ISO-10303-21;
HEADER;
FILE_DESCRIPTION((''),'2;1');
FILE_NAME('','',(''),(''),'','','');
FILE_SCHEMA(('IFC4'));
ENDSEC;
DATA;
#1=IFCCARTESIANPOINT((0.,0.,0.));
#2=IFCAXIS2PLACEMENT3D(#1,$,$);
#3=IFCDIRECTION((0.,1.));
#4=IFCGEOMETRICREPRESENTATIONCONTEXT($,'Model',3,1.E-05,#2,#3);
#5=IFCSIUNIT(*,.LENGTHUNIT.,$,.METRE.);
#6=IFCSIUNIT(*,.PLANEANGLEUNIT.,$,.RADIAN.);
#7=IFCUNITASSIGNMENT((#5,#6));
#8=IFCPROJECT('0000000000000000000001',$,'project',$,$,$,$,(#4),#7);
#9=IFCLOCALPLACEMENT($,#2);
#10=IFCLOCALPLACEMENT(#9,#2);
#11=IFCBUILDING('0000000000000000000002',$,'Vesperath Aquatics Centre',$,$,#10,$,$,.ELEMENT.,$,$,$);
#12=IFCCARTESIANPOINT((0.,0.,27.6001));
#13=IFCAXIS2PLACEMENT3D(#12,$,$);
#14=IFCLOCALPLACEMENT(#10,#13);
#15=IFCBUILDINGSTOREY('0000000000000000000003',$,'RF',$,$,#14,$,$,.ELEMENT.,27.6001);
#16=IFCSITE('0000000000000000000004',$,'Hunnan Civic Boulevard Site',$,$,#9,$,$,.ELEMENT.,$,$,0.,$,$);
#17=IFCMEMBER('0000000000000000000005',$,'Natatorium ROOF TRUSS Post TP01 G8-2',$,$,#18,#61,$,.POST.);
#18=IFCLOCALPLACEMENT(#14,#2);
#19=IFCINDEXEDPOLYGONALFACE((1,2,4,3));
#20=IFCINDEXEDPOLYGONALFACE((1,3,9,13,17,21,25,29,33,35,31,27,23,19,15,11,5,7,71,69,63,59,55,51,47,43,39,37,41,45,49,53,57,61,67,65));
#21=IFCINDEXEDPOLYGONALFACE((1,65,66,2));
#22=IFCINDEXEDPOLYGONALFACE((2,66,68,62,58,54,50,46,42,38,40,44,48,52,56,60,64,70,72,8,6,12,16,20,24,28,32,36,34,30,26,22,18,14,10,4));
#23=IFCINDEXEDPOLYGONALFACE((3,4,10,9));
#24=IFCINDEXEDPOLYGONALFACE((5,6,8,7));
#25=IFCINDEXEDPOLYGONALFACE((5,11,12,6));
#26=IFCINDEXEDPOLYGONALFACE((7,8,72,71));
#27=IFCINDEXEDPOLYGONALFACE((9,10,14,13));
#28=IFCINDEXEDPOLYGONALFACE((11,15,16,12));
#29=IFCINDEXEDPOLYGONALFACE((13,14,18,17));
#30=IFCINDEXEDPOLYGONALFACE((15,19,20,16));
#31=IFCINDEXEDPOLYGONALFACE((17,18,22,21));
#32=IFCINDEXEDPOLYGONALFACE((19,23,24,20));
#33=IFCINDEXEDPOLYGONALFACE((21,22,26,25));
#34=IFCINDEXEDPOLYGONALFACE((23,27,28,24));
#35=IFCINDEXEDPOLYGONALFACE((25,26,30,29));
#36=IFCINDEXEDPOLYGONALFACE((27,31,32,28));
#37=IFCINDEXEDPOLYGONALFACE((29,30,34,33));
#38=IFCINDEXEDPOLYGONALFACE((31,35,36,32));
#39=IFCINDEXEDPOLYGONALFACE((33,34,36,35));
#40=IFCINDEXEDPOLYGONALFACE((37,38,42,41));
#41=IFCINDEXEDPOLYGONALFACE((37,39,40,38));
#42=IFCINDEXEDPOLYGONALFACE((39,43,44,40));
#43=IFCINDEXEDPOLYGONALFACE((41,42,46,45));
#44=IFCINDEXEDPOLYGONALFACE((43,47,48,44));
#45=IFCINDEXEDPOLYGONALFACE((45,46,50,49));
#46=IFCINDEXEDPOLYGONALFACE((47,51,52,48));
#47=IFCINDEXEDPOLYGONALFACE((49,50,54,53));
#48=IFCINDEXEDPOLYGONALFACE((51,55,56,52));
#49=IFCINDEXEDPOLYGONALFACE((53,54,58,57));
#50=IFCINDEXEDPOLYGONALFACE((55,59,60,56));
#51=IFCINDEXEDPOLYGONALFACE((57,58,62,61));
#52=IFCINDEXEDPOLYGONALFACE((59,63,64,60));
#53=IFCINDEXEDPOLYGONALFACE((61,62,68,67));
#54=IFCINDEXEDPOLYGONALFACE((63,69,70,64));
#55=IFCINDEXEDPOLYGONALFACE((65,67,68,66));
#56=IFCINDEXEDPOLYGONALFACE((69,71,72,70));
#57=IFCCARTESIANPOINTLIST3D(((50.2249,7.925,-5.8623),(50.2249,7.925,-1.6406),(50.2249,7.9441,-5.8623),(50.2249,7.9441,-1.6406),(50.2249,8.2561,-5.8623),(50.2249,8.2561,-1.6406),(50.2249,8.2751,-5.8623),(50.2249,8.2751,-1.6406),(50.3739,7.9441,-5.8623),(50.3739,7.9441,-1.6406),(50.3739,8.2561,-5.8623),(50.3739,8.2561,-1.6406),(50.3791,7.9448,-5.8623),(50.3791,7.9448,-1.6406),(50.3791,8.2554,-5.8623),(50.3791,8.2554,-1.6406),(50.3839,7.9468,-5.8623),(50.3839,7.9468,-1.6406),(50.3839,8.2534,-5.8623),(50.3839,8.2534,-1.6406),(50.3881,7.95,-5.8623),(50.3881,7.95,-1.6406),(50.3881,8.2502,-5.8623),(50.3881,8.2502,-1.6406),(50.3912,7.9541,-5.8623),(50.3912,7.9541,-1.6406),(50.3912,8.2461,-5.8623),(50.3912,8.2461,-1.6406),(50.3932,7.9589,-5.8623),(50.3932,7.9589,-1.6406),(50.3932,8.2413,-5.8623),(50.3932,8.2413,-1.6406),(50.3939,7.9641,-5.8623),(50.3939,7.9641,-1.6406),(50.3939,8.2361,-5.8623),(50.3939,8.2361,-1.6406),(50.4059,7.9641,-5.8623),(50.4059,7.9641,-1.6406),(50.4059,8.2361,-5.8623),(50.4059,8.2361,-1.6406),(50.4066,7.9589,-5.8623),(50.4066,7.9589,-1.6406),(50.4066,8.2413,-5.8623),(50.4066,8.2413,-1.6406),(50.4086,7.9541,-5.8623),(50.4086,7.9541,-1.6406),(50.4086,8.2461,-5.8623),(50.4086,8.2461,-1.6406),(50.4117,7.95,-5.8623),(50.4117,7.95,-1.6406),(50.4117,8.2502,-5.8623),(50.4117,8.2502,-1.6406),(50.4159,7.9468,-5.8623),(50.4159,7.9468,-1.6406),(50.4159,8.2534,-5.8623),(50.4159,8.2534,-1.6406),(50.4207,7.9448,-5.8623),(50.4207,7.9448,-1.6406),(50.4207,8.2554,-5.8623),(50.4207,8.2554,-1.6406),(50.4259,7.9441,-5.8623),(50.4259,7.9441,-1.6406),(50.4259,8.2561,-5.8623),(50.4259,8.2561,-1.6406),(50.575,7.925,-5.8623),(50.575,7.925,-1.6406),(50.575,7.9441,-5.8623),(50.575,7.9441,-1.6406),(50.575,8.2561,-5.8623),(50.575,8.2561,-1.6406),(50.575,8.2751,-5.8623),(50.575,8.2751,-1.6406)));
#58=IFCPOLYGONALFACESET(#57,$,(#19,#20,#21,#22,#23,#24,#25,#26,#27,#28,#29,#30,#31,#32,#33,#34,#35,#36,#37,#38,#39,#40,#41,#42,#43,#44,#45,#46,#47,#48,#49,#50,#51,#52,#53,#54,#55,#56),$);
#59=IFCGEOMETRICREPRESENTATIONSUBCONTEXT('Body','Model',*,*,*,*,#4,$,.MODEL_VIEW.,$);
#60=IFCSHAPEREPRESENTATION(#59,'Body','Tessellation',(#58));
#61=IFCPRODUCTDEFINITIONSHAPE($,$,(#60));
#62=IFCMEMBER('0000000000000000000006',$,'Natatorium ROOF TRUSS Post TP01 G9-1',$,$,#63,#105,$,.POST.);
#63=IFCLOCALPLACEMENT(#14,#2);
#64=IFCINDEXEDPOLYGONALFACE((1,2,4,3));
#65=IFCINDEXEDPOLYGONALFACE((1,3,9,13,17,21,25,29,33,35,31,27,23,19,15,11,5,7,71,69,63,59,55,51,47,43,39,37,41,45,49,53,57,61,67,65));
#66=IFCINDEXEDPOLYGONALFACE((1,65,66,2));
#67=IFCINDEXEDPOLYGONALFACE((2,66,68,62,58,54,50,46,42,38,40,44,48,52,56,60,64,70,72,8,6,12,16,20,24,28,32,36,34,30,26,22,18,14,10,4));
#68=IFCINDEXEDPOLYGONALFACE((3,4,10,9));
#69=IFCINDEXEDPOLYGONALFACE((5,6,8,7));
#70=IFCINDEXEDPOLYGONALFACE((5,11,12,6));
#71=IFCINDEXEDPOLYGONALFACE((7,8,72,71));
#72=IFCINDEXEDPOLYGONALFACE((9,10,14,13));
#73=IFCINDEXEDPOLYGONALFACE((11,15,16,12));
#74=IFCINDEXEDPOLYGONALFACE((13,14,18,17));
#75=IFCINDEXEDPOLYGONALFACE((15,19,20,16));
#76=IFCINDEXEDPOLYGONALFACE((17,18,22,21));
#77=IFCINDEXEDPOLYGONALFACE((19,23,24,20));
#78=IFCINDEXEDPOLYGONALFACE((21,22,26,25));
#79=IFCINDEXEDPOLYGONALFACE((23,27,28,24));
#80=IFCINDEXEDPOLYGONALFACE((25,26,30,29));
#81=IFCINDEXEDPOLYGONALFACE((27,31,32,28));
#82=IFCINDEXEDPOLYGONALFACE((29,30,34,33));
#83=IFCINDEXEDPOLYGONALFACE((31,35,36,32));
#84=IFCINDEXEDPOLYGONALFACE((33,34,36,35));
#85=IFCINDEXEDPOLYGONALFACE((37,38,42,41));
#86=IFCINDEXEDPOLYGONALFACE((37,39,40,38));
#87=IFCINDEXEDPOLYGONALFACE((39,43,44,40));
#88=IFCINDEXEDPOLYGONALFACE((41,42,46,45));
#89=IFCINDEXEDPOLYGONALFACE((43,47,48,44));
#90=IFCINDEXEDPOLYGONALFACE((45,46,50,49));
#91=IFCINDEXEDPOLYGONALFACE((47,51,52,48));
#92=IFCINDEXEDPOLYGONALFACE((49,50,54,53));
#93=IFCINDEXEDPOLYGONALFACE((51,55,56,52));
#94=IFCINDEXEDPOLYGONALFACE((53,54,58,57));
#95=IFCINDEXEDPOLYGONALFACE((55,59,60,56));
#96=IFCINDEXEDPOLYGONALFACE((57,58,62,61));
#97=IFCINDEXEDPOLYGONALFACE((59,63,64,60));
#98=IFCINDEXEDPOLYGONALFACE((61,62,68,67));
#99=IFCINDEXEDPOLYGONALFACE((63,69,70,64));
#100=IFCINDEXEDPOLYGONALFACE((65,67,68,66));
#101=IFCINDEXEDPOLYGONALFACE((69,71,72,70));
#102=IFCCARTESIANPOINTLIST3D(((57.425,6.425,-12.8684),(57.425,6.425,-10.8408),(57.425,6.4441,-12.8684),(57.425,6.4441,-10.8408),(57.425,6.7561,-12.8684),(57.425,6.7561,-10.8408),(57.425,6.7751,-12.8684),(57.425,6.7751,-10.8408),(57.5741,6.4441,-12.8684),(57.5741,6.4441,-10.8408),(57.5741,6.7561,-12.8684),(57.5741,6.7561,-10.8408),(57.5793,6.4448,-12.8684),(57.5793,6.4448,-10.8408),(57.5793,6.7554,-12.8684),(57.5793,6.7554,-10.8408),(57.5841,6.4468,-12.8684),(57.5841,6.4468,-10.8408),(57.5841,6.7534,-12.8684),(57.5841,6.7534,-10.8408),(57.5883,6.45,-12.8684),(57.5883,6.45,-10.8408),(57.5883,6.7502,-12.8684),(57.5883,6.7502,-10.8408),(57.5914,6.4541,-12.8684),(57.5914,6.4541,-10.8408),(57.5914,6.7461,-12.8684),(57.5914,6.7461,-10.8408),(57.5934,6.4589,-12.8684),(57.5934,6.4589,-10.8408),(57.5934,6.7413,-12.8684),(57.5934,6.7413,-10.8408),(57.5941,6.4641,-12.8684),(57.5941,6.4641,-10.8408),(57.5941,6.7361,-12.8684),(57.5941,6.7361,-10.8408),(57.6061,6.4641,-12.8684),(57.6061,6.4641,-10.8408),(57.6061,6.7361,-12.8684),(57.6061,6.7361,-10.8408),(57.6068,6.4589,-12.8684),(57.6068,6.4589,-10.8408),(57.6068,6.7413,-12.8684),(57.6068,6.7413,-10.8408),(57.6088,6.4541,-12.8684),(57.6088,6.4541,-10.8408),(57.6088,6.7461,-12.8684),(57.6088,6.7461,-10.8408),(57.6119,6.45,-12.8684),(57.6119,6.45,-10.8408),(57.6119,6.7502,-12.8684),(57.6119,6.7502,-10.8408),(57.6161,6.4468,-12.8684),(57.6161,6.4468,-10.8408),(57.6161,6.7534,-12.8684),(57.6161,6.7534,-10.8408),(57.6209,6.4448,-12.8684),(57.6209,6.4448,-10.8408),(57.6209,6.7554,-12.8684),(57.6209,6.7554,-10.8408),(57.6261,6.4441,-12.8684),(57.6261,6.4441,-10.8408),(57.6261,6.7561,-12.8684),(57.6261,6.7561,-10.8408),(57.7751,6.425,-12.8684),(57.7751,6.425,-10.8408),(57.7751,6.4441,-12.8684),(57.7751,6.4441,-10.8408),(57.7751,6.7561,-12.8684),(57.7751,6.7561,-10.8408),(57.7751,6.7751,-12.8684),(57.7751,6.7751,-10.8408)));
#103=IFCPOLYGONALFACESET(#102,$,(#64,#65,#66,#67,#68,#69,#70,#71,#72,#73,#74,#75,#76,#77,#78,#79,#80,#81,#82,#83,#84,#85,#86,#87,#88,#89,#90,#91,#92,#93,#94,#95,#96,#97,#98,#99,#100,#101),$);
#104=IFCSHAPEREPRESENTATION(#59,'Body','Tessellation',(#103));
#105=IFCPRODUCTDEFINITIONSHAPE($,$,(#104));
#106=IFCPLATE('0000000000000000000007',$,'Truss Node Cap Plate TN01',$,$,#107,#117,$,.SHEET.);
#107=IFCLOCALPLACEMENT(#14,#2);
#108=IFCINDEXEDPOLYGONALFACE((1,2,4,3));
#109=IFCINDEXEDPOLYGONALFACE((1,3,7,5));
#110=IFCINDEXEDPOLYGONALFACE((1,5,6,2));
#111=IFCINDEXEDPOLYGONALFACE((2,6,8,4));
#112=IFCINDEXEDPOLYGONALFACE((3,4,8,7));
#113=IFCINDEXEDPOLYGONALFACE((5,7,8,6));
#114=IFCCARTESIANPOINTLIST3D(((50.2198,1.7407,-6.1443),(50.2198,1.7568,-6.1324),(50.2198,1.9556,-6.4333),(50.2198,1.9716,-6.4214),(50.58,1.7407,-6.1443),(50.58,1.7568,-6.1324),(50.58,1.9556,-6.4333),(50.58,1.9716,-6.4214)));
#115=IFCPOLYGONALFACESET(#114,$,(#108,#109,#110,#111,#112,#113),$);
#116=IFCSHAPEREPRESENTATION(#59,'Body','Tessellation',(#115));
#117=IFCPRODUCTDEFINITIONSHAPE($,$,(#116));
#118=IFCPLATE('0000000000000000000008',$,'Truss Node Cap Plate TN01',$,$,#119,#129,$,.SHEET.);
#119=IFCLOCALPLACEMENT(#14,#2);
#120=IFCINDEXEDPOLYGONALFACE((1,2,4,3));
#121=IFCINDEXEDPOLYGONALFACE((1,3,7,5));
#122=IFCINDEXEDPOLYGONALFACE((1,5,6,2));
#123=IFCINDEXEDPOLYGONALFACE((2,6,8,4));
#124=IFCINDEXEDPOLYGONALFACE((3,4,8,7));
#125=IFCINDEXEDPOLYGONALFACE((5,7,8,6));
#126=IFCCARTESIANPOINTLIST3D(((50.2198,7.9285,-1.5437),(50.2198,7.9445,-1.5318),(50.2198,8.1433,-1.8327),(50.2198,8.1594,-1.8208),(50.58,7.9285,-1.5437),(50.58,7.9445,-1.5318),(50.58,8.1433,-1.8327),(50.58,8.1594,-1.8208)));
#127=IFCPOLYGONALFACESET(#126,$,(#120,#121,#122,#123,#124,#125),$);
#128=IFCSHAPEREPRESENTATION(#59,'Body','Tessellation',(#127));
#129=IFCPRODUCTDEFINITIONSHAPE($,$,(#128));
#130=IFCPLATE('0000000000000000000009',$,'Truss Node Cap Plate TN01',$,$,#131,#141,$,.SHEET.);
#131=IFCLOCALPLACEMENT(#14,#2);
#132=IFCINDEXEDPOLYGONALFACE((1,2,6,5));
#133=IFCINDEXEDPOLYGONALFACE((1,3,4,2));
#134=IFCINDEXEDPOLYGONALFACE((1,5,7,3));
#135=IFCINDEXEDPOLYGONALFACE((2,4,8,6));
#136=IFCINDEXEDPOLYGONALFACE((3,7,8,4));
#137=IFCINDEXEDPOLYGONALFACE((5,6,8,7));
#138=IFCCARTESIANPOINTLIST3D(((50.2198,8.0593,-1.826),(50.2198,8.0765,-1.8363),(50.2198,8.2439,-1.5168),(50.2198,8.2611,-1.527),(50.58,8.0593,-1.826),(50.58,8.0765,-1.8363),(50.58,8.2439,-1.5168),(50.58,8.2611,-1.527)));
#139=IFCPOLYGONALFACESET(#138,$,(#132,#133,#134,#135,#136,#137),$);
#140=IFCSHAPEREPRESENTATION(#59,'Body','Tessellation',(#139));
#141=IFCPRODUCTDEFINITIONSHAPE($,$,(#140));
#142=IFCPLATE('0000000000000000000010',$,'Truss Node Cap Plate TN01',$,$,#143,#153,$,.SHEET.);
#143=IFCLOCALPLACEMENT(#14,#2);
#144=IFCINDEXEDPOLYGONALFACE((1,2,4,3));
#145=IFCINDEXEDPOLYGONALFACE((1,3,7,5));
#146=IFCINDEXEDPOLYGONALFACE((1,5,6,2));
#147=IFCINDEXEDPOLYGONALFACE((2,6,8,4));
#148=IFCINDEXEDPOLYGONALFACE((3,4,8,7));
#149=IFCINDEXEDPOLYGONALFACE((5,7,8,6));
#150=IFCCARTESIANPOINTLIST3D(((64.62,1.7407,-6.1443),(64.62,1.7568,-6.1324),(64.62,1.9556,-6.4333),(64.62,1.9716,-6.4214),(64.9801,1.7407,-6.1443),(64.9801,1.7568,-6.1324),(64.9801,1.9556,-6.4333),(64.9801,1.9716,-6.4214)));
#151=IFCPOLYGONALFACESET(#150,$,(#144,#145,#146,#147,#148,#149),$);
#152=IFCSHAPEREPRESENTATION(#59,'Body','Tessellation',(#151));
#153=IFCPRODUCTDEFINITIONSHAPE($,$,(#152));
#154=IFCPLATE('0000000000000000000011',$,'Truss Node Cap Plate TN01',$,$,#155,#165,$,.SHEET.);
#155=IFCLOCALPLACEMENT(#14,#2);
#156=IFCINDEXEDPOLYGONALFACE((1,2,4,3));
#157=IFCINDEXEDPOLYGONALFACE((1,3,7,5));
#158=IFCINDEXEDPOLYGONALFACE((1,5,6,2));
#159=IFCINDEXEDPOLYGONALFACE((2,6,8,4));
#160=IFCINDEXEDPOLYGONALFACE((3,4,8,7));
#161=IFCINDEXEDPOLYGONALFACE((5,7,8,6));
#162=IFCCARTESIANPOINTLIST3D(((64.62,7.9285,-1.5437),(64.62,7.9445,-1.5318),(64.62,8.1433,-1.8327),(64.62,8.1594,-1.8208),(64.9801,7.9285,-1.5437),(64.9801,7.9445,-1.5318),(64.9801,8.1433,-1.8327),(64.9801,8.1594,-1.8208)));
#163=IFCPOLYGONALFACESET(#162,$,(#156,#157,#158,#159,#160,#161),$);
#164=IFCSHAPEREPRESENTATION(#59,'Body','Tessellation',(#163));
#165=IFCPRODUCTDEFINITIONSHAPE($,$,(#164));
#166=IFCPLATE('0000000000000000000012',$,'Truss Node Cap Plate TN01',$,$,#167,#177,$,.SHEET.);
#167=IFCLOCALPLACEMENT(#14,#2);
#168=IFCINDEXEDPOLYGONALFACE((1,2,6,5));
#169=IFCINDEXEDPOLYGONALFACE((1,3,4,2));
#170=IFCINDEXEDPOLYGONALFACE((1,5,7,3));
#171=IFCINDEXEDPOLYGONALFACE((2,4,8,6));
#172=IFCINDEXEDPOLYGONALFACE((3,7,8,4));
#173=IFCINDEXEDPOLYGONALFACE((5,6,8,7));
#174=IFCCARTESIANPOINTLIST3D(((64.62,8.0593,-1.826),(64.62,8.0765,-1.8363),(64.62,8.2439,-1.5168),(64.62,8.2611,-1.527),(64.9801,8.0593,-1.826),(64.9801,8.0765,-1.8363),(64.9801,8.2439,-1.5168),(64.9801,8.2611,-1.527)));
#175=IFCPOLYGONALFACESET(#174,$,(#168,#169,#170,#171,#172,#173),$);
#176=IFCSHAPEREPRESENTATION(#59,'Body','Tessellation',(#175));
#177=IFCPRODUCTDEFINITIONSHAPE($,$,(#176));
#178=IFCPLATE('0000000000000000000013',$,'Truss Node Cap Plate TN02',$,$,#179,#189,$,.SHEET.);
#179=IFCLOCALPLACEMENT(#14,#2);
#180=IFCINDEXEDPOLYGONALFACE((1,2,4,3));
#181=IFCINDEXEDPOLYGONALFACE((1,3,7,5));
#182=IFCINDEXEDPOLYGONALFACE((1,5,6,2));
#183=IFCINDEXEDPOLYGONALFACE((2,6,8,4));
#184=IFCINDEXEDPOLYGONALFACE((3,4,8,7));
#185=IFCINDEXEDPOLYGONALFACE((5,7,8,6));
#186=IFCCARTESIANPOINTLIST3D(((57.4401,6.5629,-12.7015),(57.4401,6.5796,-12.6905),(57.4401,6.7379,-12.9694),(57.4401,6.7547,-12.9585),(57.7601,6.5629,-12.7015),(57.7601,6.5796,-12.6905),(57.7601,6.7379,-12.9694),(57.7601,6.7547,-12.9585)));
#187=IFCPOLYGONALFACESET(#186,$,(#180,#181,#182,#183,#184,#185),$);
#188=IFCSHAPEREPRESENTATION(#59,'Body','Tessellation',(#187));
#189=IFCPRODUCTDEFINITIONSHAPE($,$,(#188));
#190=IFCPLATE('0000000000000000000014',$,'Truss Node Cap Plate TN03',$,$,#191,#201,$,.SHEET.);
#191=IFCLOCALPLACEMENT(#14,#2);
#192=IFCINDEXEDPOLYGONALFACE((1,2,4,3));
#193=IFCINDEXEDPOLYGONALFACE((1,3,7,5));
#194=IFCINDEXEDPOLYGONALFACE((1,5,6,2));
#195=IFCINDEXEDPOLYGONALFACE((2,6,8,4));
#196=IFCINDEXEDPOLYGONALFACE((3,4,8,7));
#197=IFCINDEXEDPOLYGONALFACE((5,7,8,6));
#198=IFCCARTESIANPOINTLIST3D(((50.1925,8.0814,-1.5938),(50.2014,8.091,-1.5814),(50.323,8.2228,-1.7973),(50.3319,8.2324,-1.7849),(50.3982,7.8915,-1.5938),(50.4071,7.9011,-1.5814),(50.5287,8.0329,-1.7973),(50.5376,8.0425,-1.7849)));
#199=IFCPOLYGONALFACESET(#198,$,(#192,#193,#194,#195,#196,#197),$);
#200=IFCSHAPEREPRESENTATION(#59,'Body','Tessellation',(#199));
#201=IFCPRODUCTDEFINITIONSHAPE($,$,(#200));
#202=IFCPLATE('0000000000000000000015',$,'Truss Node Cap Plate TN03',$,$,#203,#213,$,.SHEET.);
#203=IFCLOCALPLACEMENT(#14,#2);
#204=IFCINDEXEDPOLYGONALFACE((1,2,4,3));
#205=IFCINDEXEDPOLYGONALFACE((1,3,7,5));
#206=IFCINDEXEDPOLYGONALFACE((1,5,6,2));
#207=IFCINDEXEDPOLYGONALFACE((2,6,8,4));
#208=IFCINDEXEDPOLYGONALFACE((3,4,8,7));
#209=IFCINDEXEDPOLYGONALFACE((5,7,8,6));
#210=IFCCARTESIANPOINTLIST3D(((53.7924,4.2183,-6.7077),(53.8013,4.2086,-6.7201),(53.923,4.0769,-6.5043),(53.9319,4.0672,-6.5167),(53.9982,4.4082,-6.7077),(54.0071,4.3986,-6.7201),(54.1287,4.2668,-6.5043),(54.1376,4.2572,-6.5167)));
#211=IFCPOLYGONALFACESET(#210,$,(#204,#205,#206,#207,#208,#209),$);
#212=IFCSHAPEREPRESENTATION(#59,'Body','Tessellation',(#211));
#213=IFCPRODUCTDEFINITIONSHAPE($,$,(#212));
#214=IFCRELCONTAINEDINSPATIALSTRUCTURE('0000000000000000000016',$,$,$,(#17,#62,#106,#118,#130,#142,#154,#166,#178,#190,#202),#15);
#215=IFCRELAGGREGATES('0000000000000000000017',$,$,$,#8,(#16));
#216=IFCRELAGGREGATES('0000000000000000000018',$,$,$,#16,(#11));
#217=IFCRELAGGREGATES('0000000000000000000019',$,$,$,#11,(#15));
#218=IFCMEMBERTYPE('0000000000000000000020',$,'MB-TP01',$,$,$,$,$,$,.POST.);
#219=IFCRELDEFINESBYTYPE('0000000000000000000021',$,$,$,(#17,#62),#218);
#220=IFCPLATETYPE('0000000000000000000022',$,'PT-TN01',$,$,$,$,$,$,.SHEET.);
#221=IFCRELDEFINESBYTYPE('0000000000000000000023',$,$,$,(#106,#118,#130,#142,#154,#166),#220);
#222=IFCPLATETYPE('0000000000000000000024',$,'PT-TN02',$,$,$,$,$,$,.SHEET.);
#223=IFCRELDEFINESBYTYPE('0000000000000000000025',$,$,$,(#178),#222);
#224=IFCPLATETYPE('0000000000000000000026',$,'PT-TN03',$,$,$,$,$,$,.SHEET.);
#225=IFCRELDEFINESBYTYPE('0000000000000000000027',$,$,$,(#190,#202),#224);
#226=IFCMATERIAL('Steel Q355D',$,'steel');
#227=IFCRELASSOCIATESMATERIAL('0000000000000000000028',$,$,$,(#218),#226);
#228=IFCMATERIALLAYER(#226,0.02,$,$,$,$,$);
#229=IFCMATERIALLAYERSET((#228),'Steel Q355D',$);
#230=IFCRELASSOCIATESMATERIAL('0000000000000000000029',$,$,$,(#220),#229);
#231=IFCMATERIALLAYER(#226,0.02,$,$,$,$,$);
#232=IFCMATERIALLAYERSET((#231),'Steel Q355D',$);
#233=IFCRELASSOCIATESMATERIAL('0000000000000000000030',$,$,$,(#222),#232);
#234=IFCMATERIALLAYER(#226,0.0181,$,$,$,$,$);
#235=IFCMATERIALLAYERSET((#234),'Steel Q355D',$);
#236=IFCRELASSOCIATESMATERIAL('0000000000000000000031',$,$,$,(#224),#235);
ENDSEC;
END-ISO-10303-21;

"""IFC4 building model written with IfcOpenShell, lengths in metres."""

from ifc_helpers import new_model, si_unit, direction, frame, origin, origin_2d, place, context, subcontext, project, spatial, rectangle, i_section, extrude, material, layer, layer_set, material_profile, profile_set, type_object, element, save


model = new_model("IFC4")

# Units and contexts
model_context = context("Model", 3, precision=1e-05, world=origin(), true_north=direction((0.0, 1.0)))
body_context = subcontext(model_context, "Body", "Model", "MODEL_VIEW")
ifc_project = project(units=[si_unit("LENGTHUNIT", "METRE"), si_unit("PLANEANGLEUNIT", "RADIAN")], contexts=[model_context])

# Site, building, storey
site_placement = place(None, origin())
site = spatial("IfcSite", under=ifc_project, at=site_placement, Name="Hunnan Civic Boulevard Site", CompositionType="ELEMENT", RefElevation=0.0)
building_placement = place(site_placement, origin())
building = spatial("IfcBuilding", under=site, at=building_placement, Name="Vesperath Aquatics Centre", CompositionType="ELEMENT")
storey_placement = place(building_placement, frame((0.0, 0.0, 27.6001)))
storey = spatial("IfcBuildingStorey", under=building, at=storey_placement, Name="RF", CompositionType="ELEMENT", Elevation=27.6001)

# Members
ifc_material_1 = material(Name="Steel Q355D", Category="steel")
ifc_material_profile_1 = material_profile(ifc_material_1, i_section(OverallWidth=0.3501, OverallDepth=0.3501, WebThickness=0.012, FlangeThickness=0.019, FilletRadius=0.02, at=origin_2d()), Name="HW 350x350x12x19")
ifc_profile_set_1 = profile_set([ifc_material_profile_1], Name="Steel Q355D")
member_type_1 = type_object("IfcMemberType", Name="MB-TP01", PredefinedType="POST", material=ifc_profile_set_1)
member_1_placement = place(storey_placement, frame((50.3999, 8.1001, -5.8623), z_axis=(0.0, 0.0, 1.0), x_axis=(1.0, 0.0, 0.0)))
element("IfcMember", 1, at=member_1_placement, inside=storey, type_object=member_type_1, Name="Natatorium ROOF TRUSS Post TP01 G8-2", PredefinedType="POST", context=body_context, shape_type="SweptSolid", body=[
    extrude(i_section(OverallWidth=0.3501, OverallDepth=0.3501, WebThickness=0.012, FlangeThickness=0.019, FilletRadius=0.02, at=origin_2d()), origin(), (0.0, 0.0, 1.0), 4.2217),
])
member_2_placement = place(storey_placement, frame((57.6001, 6.6001, -12.8684), z_axis=(0.0, 0.0, 1.0), x_axis=(1.0, 0.0, 0.0)))
element("IfcMember", 2, at=member_2_placement, inside=storey, type_object=member_type_1, Name="Natatorium ROOF TRUSS Post TP01 G9-1", PredefinedType="POST", context=body_context, shape_type="SweptSolid", body=[
    extrude(i_section(OverallWidth=0.3501, OverallDepth=0.3501, WebThickness=0.012, FlangeThickness=0.019, FilletRadius=0.02, at=origin_2d()), origin(), (0.0, 0.0, 1.0), 2.0276),
])

# Plates
ifc_layer_1 = layer(ifc_material_1, 0.02)
ifc_layer_set_1 = layer_set([ifc_layer_1], Name="Steel Q355D")
plate_type_1 = type_object("IfcPlateType", Name="PT-TN01", PredefinedType="SHEET", material=ifc_layer_set_1)
for number, where, z_axis, x_axis, name in (
    (3, (50.3999, 1.8481, -6.2888), (0.0, 0.802494, 0.59666), (-1.0, 0.0, 0.0), "Truss Node Cap Plate TN01"),
    (4, (50.3999, 8.0359, -1.6882), (0.0, 0.802494, 0.59666), (-1.0, 0.0, 0.0), "Truss Node Cap Plate TN01"),
    (5, (50.3999, 8.1516, -1.6714), (0.0, 0.858729, -0.51243), (-1.0, 0.0, 0.0), "Truss Node Cap Plate TN01"),
    (6, (64.8, 1.8481, -6.2888), (0.0, 0.802494, 0.59666), (-1.0, 0.0, 0.0), "Truss Node Cap Plate TN01"),
    (7, (64.8, 8.0359, -1.6882), (0.0, 0.802494, 0.59666), (-1.0, 0.0, 0.0), "Truss Node Cap Plate TN01"),
    (8, (64.8, 8.1516, -1.6714), (0.0, 0.858729, -0.51243), (-1.0, 0.0, 0.0), "Truss Node Cap Plate TN01"),
):
    element("IfcPlate", number, at=place(storey_placement, frame(where, z_axis=z_axis, x_axis=x_axis)), inside=storey, type_object=plate_type_1, Name=name, PredefinedType="SHEET", context=body_context, shape_type="SweptSolid", body=[
        extrude(rectangle(XDim=0.3601, YDim=0.3601, at=origin_2d()), origin(), (0.0, 0.0, 1.0), 0.02),
    ])
ifc_layer_2 = layer(ifc_material_1, 0.02)
ifc_layer_set_2 = layer_set([ifc_layer_2], Name="Steel Q355D")
plate_type_2 = type_object("IfcPlateType", Name="PT-TN02", PredefinedType="SHEET", material=ifc_layer_set_2)
plate_placement = place(storey_placement, frame((57.6001, 6.6504, -12.8354), z_axis=(0.0, 0.837176, 0.546934), x_axis=(-1.0, 0.0, 0.0)))
element("IfcPlate", 9, at=plate_placement, inside=storey, type_object=plate_type_2, Name="Truss Node Cap Plate TN02", PredefinedType="SHEET", context=body_context, shape_type="SweptSolid", body=[
    extrude(rectangle(XDim=0.3201, YDim=0.3201, at=origin_2d()), origin(), (0.0, 0.0, 1.0), 0.02),
])
ifc_layer_3 = layer(ifc_material_1, 0.0181)
ifc_layer_set_3 = layer_set([ifc_layer_3], Name="Steel Q355D")
plate_type_3 = type_object("IfcPlateType", Name="PT-TN03", PredefinedType="SHEET", material=ifc_layer_set_3)
for number, where, z_axis, x_axis, name in (
    (10, (50.3606, 8.0571, -1.6956), (0.492765, 0.533829, 0.687175), (-0.734803, 0.67828, 0.0), "Truss Node Cap Plate TN03"),
    (11, (53.9695, 4.2329, -6.6184), (-0.492765, 0.533829, 0.687175), (-0.734803, -0.67828, 0.0), "Truss Node Cap Plate TN03"),
):
    element("IfcPlate", number, at=place(storey_placement, frame(where, z_axis=z_axis, x_axis=x_axis)), inside=storey, type_object=plate_type_3, Name=name, PredefinedType="SHEET", context=body_context, shape_type="SweptSolid", body=[
        extrude(rectangle(XDim=0.28, YDim=0.28, at=origin_2d()), origin(), (0.0, 0.0, 1.0), 0.0181),
    ])

save(model, "model.ifc")
